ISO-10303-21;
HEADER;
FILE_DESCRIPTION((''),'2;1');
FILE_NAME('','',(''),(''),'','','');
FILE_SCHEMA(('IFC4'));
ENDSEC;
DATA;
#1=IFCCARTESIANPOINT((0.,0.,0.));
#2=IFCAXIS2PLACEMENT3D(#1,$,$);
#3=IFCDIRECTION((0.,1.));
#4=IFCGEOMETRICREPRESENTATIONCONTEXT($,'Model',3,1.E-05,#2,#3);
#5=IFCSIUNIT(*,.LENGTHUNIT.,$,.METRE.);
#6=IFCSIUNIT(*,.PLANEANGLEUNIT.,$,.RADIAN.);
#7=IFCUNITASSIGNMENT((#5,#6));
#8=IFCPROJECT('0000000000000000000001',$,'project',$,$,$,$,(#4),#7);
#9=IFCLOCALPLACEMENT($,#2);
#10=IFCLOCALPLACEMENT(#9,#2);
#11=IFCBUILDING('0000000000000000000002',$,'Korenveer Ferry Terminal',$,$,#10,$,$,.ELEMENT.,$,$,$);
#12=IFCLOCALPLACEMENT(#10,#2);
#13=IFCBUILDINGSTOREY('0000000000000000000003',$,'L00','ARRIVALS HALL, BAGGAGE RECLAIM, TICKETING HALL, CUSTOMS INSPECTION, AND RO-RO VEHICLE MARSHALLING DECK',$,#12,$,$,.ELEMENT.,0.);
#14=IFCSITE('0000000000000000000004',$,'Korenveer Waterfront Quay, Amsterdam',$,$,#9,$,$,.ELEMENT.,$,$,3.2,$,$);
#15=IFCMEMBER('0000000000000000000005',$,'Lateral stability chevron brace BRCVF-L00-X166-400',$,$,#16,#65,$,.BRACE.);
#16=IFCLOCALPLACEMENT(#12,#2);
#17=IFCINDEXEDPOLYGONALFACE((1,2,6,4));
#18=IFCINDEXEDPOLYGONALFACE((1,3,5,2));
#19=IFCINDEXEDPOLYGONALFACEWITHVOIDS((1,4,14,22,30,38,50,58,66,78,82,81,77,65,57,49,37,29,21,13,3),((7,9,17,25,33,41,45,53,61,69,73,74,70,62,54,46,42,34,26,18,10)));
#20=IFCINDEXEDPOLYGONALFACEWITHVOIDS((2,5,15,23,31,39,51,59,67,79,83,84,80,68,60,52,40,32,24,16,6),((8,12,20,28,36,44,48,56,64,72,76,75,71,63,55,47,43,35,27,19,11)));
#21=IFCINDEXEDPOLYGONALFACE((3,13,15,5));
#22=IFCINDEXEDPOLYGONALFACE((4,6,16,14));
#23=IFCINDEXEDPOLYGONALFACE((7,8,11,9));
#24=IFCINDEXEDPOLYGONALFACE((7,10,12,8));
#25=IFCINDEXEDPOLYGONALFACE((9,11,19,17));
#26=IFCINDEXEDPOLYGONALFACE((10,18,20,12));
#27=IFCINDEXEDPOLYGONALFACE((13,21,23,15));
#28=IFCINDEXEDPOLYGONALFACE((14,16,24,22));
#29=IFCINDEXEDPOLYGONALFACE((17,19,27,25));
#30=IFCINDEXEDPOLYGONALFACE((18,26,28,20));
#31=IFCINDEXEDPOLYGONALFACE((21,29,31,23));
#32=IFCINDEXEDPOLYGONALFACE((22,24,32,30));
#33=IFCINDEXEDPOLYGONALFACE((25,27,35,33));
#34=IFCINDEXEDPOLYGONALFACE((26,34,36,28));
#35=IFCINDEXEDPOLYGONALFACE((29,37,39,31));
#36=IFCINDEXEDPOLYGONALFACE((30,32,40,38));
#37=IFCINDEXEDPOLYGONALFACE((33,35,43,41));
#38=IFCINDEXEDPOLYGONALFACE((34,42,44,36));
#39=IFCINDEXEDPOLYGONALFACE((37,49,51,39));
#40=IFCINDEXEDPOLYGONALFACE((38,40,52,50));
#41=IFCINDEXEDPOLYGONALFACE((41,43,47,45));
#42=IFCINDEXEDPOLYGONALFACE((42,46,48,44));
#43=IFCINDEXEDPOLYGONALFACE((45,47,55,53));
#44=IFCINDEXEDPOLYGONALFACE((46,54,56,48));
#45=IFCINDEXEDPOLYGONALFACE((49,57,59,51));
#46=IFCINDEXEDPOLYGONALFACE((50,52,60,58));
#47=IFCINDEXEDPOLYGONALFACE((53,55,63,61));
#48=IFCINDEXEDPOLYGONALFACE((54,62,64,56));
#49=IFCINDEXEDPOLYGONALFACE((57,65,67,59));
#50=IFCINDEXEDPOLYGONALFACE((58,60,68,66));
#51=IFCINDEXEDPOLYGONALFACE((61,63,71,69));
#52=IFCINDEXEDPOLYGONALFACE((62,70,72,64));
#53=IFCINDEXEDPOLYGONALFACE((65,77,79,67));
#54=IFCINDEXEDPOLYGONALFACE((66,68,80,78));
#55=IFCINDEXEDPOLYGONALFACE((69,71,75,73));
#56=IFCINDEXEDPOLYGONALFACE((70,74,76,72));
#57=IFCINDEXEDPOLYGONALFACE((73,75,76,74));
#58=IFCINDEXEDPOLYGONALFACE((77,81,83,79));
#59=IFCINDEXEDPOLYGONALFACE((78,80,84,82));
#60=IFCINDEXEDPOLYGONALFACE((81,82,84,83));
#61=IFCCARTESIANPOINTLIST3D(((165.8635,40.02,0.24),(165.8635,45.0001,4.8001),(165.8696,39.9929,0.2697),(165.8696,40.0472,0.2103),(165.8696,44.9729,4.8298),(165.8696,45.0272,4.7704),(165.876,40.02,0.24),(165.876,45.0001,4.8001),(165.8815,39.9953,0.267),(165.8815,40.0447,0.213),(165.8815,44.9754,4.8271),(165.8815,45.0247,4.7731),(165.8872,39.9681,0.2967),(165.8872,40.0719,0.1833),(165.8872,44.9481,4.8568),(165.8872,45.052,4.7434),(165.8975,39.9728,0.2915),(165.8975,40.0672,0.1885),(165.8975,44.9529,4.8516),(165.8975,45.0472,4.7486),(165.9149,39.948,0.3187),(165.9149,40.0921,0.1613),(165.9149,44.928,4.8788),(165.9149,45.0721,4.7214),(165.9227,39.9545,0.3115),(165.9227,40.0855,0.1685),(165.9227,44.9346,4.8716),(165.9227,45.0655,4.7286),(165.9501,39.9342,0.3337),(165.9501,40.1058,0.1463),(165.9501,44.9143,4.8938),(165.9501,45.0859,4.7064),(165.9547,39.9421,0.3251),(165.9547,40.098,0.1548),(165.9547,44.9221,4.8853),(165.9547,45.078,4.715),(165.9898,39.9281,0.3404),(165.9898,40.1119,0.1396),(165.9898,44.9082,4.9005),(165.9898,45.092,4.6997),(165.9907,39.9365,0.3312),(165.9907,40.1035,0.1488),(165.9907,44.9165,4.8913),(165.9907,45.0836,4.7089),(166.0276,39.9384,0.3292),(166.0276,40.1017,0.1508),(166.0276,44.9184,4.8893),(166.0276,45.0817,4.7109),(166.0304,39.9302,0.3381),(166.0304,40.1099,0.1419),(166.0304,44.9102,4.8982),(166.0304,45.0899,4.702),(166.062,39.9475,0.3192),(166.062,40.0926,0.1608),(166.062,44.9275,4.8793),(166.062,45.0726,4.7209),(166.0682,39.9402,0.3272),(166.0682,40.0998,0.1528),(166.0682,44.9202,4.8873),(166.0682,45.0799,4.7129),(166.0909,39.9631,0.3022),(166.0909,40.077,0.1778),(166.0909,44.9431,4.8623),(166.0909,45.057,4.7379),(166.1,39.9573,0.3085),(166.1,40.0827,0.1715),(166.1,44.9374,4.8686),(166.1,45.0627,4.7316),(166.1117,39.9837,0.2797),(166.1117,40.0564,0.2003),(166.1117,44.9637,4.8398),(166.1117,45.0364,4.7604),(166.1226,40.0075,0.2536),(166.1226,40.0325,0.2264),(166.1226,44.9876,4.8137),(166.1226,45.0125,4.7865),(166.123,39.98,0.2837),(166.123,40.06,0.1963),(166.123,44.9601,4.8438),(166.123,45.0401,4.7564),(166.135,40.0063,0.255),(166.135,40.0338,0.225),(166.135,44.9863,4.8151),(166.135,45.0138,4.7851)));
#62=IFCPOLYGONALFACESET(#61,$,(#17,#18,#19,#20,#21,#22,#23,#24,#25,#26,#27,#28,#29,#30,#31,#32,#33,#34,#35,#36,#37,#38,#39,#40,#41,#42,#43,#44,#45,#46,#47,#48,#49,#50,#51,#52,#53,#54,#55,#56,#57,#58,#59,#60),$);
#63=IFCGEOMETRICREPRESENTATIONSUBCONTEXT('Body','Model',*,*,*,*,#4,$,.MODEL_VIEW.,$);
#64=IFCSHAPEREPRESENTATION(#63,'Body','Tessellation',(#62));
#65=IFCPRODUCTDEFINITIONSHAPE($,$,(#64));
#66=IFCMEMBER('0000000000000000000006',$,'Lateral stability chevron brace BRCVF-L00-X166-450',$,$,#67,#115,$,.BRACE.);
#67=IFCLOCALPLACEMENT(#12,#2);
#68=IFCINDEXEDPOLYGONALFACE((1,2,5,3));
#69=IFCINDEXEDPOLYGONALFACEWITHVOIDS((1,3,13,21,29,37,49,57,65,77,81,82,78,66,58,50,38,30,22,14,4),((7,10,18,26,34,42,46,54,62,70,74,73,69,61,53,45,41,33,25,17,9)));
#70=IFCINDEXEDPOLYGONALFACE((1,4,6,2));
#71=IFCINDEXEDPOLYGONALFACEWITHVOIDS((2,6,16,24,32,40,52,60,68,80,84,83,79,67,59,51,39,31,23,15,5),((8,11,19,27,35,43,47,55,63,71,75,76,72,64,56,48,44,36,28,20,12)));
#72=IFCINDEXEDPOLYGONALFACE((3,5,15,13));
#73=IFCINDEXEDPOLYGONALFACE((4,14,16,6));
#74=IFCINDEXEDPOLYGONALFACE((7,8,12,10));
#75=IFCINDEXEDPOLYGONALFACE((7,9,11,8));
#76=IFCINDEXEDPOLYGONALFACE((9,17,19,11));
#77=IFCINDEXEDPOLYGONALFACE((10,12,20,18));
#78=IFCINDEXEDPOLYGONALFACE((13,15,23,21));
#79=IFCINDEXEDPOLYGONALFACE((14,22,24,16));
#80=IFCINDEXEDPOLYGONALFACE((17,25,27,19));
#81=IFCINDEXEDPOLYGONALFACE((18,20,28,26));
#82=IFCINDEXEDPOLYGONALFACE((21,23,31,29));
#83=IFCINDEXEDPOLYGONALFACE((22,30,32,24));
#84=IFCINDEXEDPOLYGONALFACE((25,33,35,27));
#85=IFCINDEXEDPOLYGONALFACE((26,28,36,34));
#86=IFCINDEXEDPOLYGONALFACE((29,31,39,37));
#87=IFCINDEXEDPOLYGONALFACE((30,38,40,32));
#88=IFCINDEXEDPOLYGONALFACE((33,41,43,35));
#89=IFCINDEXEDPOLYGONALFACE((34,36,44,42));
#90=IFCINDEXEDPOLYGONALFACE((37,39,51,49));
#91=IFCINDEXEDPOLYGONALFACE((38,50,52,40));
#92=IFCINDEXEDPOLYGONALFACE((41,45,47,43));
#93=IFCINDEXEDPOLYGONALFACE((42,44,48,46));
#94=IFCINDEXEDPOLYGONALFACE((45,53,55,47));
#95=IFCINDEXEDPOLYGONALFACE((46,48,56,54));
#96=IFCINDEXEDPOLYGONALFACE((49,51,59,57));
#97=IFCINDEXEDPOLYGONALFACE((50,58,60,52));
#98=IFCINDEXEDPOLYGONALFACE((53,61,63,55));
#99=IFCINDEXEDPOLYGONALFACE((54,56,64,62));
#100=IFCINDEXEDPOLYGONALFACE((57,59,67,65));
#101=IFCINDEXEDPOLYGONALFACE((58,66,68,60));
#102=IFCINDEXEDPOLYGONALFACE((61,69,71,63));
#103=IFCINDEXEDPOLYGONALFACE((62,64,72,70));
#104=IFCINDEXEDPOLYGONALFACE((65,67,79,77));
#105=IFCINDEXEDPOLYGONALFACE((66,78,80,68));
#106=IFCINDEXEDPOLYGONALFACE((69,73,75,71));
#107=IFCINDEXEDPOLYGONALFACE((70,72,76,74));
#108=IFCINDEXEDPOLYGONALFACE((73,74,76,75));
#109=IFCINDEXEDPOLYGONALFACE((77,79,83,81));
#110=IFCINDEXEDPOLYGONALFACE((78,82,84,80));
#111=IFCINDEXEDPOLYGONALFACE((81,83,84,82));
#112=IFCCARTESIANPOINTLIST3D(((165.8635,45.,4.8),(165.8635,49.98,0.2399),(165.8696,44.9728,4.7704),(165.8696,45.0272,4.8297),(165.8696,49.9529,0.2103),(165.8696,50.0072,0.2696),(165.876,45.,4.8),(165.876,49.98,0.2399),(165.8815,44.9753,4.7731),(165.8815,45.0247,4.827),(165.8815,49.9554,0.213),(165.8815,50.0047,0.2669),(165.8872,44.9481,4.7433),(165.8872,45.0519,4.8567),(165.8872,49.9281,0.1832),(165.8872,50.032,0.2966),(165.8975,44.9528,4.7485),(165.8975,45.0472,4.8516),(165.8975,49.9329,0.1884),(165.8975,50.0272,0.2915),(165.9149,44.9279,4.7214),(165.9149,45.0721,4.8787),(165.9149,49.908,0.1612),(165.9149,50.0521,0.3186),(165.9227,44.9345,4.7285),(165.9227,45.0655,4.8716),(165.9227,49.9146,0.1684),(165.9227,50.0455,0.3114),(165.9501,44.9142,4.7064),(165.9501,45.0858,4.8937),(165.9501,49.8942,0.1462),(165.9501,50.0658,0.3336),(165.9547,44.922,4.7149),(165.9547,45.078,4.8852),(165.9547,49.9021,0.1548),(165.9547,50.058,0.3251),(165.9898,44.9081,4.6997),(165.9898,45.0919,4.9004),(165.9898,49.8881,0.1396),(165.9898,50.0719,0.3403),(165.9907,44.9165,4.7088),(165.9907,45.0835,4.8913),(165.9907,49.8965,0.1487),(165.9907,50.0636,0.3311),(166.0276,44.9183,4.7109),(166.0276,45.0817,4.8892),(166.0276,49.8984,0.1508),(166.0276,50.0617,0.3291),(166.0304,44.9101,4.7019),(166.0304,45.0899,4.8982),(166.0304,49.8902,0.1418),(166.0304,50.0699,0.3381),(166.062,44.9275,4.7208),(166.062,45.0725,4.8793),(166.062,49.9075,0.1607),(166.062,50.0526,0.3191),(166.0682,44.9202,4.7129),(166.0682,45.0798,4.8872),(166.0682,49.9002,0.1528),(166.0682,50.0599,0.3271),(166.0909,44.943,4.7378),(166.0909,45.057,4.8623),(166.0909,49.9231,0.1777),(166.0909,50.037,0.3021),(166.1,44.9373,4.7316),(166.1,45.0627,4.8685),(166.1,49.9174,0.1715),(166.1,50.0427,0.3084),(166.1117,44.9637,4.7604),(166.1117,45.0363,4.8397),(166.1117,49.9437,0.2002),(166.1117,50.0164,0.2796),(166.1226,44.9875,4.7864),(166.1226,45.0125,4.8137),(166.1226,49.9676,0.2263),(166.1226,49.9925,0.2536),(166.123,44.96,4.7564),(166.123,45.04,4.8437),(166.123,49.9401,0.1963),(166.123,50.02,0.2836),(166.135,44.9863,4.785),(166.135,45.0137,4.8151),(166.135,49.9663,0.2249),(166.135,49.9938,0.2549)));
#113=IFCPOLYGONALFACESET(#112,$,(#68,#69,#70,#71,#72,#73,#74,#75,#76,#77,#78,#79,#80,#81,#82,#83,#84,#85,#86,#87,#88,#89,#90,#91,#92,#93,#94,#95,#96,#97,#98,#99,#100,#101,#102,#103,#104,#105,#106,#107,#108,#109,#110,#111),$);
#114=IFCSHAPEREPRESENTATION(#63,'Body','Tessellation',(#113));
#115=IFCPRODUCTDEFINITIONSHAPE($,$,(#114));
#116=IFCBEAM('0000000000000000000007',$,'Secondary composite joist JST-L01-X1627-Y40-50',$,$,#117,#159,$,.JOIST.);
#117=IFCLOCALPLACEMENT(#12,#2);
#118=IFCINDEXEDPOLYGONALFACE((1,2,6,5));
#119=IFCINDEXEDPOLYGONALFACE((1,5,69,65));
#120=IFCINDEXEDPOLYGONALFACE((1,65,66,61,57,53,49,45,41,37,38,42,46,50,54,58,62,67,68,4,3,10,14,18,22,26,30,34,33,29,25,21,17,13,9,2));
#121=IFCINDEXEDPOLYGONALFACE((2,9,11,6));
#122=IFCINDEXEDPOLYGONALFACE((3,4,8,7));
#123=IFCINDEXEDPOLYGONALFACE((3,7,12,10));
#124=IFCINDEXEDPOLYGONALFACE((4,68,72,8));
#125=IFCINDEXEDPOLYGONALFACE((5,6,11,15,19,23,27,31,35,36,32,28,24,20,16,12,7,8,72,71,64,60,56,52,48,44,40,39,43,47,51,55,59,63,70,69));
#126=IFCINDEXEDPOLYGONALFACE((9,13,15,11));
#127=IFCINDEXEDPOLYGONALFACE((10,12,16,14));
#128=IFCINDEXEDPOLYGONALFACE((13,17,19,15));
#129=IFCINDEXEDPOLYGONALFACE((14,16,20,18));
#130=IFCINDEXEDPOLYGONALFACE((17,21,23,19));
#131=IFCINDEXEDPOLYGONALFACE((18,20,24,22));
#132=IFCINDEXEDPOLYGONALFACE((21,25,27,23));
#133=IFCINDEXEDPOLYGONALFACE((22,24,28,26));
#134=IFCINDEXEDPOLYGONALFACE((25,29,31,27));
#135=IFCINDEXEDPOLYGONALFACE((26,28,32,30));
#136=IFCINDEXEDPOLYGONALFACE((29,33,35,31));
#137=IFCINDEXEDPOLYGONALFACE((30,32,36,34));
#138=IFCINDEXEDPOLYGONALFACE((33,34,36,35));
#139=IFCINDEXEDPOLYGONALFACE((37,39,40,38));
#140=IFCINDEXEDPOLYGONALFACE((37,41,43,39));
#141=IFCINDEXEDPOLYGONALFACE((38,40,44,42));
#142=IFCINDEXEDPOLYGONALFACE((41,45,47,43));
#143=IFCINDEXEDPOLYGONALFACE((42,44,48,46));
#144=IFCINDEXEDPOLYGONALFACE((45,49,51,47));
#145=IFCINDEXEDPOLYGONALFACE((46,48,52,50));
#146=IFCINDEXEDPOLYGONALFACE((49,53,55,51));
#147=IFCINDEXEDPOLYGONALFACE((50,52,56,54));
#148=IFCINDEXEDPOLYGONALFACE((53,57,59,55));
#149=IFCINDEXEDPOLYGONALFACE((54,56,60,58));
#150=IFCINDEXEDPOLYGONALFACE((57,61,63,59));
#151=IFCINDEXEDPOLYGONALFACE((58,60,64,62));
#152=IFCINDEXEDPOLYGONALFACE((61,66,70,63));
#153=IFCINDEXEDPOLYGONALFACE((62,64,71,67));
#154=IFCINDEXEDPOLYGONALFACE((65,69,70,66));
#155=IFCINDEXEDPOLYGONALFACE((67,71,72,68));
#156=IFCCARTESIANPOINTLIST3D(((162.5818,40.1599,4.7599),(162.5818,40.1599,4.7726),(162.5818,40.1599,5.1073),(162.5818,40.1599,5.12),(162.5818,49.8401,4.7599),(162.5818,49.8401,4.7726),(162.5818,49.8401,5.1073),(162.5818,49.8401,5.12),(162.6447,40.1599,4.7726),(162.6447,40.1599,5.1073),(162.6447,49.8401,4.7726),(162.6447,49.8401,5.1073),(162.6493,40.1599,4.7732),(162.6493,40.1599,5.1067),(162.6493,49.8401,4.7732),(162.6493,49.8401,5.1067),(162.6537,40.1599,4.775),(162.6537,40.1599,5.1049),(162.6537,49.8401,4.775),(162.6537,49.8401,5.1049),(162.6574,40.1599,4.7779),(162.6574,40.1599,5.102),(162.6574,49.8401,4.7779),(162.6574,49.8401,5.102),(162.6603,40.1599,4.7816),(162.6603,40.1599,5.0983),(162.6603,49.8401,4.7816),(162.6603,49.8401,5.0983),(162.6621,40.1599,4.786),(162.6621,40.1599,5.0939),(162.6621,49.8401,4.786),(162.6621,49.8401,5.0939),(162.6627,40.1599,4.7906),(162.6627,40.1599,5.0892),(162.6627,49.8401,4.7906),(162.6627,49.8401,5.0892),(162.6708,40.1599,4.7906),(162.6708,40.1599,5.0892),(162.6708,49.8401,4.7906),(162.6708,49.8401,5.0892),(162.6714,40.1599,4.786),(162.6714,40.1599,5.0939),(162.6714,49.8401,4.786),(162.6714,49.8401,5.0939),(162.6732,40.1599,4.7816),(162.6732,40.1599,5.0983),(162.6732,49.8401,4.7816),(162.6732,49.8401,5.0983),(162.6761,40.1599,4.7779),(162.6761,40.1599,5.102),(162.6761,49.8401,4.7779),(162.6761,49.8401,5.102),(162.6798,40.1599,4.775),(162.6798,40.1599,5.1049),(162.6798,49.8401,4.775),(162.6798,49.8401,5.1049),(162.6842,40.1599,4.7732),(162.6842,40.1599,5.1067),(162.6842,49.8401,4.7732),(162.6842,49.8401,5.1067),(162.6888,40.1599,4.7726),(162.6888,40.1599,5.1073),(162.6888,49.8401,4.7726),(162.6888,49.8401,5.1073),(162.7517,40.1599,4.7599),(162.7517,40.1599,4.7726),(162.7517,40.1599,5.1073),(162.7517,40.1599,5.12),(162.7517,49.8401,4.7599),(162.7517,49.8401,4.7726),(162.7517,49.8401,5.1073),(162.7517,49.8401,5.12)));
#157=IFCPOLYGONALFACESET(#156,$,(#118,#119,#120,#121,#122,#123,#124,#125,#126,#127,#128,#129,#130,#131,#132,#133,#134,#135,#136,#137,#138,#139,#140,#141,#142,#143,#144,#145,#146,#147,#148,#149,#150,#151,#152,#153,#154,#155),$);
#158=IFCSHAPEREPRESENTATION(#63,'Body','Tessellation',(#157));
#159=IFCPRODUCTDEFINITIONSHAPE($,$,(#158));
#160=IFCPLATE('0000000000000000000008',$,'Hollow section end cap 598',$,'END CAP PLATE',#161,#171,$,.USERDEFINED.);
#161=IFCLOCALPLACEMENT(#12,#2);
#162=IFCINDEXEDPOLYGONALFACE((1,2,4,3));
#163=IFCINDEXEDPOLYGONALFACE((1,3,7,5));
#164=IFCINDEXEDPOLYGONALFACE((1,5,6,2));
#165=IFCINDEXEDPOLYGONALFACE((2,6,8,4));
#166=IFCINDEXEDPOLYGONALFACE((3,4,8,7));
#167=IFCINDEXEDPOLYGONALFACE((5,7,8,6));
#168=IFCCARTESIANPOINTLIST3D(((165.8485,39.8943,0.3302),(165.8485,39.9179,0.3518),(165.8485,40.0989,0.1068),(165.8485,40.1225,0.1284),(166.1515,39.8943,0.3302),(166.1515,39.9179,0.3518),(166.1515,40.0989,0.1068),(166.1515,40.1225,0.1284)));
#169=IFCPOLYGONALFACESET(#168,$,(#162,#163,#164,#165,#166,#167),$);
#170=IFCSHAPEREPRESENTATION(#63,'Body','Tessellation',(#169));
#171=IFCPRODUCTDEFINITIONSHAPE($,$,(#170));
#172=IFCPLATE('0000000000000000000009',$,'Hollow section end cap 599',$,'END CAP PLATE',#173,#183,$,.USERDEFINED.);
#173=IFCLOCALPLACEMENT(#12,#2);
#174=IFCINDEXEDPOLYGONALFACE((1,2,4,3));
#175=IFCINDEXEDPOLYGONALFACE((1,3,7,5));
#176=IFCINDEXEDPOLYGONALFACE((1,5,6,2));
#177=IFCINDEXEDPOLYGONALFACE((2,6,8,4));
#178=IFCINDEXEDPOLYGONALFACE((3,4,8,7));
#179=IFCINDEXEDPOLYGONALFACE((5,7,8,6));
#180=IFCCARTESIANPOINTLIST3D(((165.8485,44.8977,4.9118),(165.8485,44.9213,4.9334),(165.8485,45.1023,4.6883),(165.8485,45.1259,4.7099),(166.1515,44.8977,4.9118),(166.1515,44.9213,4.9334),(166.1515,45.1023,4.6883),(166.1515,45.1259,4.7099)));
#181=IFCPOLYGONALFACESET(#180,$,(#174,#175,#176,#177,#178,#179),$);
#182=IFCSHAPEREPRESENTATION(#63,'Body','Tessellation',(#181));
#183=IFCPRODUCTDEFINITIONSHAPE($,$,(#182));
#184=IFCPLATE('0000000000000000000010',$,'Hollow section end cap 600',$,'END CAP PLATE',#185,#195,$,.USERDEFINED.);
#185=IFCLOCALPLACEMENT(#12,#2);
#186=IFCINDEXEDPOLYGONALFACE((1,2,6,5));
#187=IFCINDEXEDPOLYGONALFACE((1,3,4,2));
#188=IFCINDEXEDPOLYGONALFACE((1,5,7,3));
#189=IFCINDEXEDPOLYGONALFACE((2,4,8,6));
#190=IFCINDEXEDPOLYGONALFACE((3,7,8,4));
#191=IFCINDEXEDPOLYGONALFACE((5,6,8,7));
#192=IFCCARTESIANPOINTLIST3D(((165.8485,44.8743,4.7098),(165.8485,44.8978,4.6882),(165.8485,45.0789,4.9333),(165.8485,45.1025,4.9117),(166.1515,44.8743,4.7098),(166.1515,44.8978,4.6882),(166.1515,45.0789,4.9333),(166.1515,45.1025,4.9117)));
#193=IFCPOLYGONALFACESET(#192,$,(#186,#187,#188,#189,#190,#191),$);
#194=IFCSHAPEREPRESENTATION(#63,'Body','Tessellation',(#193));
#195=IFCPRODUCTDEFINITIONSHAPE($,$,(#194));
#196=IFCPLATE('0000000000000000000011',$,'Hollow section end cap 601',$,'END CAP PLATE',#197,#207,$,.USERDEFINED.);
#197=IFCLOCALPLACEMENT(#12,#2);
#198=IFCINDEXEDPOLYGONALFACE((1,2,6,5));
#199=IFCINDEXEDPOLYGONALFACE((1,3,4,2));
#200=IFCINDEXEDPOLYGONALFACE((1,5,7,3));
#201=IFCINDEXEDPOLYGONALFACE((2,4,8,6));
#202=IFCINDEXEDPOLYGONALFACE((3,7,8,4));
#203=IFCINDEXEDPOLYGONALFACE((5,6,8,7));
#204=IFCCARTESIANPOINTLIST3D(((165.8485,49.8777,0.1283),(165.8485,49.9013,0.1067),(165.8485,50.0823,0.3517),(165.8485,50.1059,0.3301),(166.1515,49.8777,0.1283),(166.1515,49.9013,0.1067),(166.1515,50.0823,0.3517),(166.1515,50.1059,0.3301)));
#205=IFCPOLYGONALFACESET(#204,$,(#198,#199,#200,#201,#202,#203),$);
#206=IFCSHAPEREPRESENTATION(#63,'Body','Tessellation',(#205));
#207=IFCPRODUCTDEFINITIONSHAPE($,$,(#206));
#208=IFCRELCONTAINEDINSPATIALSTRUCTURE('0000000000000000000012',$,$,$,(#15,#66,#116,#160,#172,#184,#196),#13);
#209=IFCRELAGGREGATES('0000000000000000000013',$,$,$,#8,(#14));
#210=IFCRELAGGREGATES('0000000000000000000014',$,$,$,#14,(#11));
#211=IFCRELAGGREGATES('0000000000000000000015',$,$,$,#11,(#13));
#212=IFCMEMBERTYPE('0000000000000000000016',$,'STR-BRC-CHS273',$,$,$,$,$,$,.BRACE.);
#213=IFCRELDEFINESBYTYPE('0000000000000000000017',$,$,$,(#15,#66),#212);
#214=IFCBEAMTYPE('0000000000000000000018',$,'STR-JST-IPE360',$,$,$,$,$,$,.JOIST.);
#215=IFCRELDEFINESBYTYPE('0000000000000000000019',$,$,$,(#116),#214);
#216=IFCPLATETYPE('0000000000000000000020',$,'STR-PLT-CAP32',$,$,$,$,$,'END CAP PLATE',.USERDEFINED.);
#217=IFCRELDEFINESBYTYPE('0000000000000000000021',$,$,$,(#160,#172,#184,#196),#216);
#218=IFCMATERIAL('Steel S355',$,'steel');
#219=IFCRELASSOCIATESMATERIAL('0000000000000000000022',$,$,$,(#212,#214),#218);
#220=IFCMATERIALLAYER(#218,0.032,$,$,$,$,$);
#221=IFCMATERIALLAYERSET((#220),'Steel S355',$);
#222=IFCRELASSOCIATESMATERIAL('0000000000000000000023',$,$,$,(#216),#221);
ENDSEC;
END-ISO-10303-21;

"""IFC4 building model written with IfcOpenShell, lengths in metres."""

from ifc_helpers import new_model, si_unit, direction, frame, origin, origin_2d, place, context, subcontext, project, spatial, rectangle, hollow_circle, i_section, extrude, material, layer, layer_set, material_profile, profile_set, type_object, element, save


model = new_model("IFC4")

# Units and contexts
model_context = context("Model", 3, precision=1e-05, world=origin(), true_north=direction((0.0, 1.0)))
body_context = subcontext(model_context, "Body", "Model", "MODEL_VIEW")
ifc_project = project(units=[si_unit("LENGTHUNIT", "METRE"), si_unit("PLANEANGLEUNIT", "RADIAN")], contexts=[model_context])

# Site, building, storey
site_placement = place(None, origin())
site = spatial("IfcSite", under=ifc_project, at=site_placement, Name="Korenveer Waterfront Quay, Amsterdam", CompositionType="ELEMENT", RefElevation=3.2)
building_placement = place(site_placement, origin())
building = spatial("IfcBuilding", under=site, at=building_placement, Name="Korenveer Ferry Terminal", CompositionType="ELEMENT")
storey_placement = place(building_placement, origin())
storey = spatial("IfcBuildingStorey", under=building, at=storey_placement, Name="L00", Description="ARRIVALS HALL, BAGGAGE RECLAIM, TICKETING HALL, CUSTOMS INSPECTION, AND RO-RO VEHICLE MARSHALLING DECK", CompositionType="ELEMENT", Elevation=0.0)

# Shared definitions
ifc_material_1 = material(Name="Steel S355", Category="steel")

# Members
ifc_material_profile_1 = material_profile(ifc_material_1, hollow_circle(Radius=0.1365, WallThickness=0.0125, at=origin_2d()), Name="CHS 273x12.5")
ifc_profile_set_1 = profile_set([ifc_material_profile_1], Name="Steel S355")
member_type = type_object("IfcMemberType", Name="STR-BRC-CHS273", PredefinedType="BRACE", material=ifc_profile_set_1)
for number, where, z_axis, x_axis, name in (
    (1, (166.0, 40.02, 0.24), (0.0, 0.737517, 0.675328), (-1.0, 0.0, 0.0), "Lateral stability chevron brace BRCVF-L00-X166-400"),
    (2, (166.0, 45.0, 4.8), (0.0, 0.737517, -0.675328), (-1.0, 0.0, 0.0), "Lateral stability chevron brace BRCVF-L00-X166-450"),
):
    element("IfcMember", number, at=place(storey_placement, frame(where, z_axis=z_axis, x_axis=x_axis)), inside=storey, type_object=member_type, Name=name, PredefinedType="BRACE", context=body_context, shape_type="SweptSolid", body=[
        extrude(hollow_circle(Radius=0.1365, WallThickness=0.0125, at=origin_2d()), origin(), (0.0, 0.0, 1.0), 6.7524),
    ])

# Beam
ifc_material_profile_2 = material_profile(ifc_material_1, i_section(OverallWidth=0.1699, OverallDepth=0.3601, WebThickness=0.0081, FlangeThickness=0.0127, FilletRadius=0.0181, at=origin_2d()), Name="IPE 360")
ifc_profile_set_2 = profile_set([ifc_material_profile_2], Name="Steel S355")
beam_type_1 = type_object("IfcBeamType", Name="STR-JST-IPE360", PredefinedType="JOIST", material=ifc_profile_set_2)
beam_1_placement = place(storey_placement, frame((162.6667, 40.1599, 4.9399), z_axis=(0.0, 1.0, 0.0), x_axis=(-1.0, 0.0, 0.0)))
element("IfcBeam", 3, at=beam_1_placement, inside=storey, type_object=beam_type_1, Name="Secondary composite joist JST-L01-X1627-Y40-50", PredefinedType="JOIST", context=body_context, shape_type="SweptSolid", body=[
    extrude(i_section(OverallWidth=0.1699, OverallDepth=0.3601, WebThickness=0.0081, FlangeThickness=0.0127, FilletRadius=0.0181, at=origin_2d()), origin(), (0.0, 0.0, 1.0), 9.6802),
])

# Plates
ifc_layer_1 = layer(ifc_material_1, 0.032)
ifc_layer_set_1 = layer_set([ifc_layer_1], Name="Steel S355")
plate_type_1 = type_object("IfcPlateType", Name="STR-PLT-CAP32", ElementType="END CAP PLATE", PredefinedType="USERDEFINED", material=ifc_layer_set_1)
for number, where, z_axis, x_axis, name in (
    (4, (166.0, 39.9966, 0.2185), (0.0, 0.737523, 0.675322), (-1.0, 0.0, 0.0), "Hollow section end cap 598"),
    (5, (166.0, 45.0, 4.8), (0.0, 0.737523, 0.675322), (-1.0, 0.0, 0.0), "Hollow section end cap 599"),
    (6, (166.0, 44.9766, 4.8215), (0.0, 0.737523, -0.675322), (-1.0, 0.0, 0.0), "Hollow section end cap 600"),
    (7, (166.0, 49.98, 0.24), (0.0, 0.737523, -0.675322), (-1.0, 0.0, 0.0), "Hollow section end cap 601"),
):
    element("IfcPlate", number, at=place(storey_placement, frame(where, z_axis=z_axis, x_axis=x_axis)), inside=storey, type_object=plate_type_1, Name=name, ObjectType="END CAP PLATE", PredefinedType="USERDEFINED", context=body_context, shape_type="SweptSolid", body=[
        extrude(rectangle(XDim=0.303, YDim=0.303, at=origin_2d()), origin(), (0.0, 0.0, 1.0), 0.032),
    ])

save(model, "model.ifc")
